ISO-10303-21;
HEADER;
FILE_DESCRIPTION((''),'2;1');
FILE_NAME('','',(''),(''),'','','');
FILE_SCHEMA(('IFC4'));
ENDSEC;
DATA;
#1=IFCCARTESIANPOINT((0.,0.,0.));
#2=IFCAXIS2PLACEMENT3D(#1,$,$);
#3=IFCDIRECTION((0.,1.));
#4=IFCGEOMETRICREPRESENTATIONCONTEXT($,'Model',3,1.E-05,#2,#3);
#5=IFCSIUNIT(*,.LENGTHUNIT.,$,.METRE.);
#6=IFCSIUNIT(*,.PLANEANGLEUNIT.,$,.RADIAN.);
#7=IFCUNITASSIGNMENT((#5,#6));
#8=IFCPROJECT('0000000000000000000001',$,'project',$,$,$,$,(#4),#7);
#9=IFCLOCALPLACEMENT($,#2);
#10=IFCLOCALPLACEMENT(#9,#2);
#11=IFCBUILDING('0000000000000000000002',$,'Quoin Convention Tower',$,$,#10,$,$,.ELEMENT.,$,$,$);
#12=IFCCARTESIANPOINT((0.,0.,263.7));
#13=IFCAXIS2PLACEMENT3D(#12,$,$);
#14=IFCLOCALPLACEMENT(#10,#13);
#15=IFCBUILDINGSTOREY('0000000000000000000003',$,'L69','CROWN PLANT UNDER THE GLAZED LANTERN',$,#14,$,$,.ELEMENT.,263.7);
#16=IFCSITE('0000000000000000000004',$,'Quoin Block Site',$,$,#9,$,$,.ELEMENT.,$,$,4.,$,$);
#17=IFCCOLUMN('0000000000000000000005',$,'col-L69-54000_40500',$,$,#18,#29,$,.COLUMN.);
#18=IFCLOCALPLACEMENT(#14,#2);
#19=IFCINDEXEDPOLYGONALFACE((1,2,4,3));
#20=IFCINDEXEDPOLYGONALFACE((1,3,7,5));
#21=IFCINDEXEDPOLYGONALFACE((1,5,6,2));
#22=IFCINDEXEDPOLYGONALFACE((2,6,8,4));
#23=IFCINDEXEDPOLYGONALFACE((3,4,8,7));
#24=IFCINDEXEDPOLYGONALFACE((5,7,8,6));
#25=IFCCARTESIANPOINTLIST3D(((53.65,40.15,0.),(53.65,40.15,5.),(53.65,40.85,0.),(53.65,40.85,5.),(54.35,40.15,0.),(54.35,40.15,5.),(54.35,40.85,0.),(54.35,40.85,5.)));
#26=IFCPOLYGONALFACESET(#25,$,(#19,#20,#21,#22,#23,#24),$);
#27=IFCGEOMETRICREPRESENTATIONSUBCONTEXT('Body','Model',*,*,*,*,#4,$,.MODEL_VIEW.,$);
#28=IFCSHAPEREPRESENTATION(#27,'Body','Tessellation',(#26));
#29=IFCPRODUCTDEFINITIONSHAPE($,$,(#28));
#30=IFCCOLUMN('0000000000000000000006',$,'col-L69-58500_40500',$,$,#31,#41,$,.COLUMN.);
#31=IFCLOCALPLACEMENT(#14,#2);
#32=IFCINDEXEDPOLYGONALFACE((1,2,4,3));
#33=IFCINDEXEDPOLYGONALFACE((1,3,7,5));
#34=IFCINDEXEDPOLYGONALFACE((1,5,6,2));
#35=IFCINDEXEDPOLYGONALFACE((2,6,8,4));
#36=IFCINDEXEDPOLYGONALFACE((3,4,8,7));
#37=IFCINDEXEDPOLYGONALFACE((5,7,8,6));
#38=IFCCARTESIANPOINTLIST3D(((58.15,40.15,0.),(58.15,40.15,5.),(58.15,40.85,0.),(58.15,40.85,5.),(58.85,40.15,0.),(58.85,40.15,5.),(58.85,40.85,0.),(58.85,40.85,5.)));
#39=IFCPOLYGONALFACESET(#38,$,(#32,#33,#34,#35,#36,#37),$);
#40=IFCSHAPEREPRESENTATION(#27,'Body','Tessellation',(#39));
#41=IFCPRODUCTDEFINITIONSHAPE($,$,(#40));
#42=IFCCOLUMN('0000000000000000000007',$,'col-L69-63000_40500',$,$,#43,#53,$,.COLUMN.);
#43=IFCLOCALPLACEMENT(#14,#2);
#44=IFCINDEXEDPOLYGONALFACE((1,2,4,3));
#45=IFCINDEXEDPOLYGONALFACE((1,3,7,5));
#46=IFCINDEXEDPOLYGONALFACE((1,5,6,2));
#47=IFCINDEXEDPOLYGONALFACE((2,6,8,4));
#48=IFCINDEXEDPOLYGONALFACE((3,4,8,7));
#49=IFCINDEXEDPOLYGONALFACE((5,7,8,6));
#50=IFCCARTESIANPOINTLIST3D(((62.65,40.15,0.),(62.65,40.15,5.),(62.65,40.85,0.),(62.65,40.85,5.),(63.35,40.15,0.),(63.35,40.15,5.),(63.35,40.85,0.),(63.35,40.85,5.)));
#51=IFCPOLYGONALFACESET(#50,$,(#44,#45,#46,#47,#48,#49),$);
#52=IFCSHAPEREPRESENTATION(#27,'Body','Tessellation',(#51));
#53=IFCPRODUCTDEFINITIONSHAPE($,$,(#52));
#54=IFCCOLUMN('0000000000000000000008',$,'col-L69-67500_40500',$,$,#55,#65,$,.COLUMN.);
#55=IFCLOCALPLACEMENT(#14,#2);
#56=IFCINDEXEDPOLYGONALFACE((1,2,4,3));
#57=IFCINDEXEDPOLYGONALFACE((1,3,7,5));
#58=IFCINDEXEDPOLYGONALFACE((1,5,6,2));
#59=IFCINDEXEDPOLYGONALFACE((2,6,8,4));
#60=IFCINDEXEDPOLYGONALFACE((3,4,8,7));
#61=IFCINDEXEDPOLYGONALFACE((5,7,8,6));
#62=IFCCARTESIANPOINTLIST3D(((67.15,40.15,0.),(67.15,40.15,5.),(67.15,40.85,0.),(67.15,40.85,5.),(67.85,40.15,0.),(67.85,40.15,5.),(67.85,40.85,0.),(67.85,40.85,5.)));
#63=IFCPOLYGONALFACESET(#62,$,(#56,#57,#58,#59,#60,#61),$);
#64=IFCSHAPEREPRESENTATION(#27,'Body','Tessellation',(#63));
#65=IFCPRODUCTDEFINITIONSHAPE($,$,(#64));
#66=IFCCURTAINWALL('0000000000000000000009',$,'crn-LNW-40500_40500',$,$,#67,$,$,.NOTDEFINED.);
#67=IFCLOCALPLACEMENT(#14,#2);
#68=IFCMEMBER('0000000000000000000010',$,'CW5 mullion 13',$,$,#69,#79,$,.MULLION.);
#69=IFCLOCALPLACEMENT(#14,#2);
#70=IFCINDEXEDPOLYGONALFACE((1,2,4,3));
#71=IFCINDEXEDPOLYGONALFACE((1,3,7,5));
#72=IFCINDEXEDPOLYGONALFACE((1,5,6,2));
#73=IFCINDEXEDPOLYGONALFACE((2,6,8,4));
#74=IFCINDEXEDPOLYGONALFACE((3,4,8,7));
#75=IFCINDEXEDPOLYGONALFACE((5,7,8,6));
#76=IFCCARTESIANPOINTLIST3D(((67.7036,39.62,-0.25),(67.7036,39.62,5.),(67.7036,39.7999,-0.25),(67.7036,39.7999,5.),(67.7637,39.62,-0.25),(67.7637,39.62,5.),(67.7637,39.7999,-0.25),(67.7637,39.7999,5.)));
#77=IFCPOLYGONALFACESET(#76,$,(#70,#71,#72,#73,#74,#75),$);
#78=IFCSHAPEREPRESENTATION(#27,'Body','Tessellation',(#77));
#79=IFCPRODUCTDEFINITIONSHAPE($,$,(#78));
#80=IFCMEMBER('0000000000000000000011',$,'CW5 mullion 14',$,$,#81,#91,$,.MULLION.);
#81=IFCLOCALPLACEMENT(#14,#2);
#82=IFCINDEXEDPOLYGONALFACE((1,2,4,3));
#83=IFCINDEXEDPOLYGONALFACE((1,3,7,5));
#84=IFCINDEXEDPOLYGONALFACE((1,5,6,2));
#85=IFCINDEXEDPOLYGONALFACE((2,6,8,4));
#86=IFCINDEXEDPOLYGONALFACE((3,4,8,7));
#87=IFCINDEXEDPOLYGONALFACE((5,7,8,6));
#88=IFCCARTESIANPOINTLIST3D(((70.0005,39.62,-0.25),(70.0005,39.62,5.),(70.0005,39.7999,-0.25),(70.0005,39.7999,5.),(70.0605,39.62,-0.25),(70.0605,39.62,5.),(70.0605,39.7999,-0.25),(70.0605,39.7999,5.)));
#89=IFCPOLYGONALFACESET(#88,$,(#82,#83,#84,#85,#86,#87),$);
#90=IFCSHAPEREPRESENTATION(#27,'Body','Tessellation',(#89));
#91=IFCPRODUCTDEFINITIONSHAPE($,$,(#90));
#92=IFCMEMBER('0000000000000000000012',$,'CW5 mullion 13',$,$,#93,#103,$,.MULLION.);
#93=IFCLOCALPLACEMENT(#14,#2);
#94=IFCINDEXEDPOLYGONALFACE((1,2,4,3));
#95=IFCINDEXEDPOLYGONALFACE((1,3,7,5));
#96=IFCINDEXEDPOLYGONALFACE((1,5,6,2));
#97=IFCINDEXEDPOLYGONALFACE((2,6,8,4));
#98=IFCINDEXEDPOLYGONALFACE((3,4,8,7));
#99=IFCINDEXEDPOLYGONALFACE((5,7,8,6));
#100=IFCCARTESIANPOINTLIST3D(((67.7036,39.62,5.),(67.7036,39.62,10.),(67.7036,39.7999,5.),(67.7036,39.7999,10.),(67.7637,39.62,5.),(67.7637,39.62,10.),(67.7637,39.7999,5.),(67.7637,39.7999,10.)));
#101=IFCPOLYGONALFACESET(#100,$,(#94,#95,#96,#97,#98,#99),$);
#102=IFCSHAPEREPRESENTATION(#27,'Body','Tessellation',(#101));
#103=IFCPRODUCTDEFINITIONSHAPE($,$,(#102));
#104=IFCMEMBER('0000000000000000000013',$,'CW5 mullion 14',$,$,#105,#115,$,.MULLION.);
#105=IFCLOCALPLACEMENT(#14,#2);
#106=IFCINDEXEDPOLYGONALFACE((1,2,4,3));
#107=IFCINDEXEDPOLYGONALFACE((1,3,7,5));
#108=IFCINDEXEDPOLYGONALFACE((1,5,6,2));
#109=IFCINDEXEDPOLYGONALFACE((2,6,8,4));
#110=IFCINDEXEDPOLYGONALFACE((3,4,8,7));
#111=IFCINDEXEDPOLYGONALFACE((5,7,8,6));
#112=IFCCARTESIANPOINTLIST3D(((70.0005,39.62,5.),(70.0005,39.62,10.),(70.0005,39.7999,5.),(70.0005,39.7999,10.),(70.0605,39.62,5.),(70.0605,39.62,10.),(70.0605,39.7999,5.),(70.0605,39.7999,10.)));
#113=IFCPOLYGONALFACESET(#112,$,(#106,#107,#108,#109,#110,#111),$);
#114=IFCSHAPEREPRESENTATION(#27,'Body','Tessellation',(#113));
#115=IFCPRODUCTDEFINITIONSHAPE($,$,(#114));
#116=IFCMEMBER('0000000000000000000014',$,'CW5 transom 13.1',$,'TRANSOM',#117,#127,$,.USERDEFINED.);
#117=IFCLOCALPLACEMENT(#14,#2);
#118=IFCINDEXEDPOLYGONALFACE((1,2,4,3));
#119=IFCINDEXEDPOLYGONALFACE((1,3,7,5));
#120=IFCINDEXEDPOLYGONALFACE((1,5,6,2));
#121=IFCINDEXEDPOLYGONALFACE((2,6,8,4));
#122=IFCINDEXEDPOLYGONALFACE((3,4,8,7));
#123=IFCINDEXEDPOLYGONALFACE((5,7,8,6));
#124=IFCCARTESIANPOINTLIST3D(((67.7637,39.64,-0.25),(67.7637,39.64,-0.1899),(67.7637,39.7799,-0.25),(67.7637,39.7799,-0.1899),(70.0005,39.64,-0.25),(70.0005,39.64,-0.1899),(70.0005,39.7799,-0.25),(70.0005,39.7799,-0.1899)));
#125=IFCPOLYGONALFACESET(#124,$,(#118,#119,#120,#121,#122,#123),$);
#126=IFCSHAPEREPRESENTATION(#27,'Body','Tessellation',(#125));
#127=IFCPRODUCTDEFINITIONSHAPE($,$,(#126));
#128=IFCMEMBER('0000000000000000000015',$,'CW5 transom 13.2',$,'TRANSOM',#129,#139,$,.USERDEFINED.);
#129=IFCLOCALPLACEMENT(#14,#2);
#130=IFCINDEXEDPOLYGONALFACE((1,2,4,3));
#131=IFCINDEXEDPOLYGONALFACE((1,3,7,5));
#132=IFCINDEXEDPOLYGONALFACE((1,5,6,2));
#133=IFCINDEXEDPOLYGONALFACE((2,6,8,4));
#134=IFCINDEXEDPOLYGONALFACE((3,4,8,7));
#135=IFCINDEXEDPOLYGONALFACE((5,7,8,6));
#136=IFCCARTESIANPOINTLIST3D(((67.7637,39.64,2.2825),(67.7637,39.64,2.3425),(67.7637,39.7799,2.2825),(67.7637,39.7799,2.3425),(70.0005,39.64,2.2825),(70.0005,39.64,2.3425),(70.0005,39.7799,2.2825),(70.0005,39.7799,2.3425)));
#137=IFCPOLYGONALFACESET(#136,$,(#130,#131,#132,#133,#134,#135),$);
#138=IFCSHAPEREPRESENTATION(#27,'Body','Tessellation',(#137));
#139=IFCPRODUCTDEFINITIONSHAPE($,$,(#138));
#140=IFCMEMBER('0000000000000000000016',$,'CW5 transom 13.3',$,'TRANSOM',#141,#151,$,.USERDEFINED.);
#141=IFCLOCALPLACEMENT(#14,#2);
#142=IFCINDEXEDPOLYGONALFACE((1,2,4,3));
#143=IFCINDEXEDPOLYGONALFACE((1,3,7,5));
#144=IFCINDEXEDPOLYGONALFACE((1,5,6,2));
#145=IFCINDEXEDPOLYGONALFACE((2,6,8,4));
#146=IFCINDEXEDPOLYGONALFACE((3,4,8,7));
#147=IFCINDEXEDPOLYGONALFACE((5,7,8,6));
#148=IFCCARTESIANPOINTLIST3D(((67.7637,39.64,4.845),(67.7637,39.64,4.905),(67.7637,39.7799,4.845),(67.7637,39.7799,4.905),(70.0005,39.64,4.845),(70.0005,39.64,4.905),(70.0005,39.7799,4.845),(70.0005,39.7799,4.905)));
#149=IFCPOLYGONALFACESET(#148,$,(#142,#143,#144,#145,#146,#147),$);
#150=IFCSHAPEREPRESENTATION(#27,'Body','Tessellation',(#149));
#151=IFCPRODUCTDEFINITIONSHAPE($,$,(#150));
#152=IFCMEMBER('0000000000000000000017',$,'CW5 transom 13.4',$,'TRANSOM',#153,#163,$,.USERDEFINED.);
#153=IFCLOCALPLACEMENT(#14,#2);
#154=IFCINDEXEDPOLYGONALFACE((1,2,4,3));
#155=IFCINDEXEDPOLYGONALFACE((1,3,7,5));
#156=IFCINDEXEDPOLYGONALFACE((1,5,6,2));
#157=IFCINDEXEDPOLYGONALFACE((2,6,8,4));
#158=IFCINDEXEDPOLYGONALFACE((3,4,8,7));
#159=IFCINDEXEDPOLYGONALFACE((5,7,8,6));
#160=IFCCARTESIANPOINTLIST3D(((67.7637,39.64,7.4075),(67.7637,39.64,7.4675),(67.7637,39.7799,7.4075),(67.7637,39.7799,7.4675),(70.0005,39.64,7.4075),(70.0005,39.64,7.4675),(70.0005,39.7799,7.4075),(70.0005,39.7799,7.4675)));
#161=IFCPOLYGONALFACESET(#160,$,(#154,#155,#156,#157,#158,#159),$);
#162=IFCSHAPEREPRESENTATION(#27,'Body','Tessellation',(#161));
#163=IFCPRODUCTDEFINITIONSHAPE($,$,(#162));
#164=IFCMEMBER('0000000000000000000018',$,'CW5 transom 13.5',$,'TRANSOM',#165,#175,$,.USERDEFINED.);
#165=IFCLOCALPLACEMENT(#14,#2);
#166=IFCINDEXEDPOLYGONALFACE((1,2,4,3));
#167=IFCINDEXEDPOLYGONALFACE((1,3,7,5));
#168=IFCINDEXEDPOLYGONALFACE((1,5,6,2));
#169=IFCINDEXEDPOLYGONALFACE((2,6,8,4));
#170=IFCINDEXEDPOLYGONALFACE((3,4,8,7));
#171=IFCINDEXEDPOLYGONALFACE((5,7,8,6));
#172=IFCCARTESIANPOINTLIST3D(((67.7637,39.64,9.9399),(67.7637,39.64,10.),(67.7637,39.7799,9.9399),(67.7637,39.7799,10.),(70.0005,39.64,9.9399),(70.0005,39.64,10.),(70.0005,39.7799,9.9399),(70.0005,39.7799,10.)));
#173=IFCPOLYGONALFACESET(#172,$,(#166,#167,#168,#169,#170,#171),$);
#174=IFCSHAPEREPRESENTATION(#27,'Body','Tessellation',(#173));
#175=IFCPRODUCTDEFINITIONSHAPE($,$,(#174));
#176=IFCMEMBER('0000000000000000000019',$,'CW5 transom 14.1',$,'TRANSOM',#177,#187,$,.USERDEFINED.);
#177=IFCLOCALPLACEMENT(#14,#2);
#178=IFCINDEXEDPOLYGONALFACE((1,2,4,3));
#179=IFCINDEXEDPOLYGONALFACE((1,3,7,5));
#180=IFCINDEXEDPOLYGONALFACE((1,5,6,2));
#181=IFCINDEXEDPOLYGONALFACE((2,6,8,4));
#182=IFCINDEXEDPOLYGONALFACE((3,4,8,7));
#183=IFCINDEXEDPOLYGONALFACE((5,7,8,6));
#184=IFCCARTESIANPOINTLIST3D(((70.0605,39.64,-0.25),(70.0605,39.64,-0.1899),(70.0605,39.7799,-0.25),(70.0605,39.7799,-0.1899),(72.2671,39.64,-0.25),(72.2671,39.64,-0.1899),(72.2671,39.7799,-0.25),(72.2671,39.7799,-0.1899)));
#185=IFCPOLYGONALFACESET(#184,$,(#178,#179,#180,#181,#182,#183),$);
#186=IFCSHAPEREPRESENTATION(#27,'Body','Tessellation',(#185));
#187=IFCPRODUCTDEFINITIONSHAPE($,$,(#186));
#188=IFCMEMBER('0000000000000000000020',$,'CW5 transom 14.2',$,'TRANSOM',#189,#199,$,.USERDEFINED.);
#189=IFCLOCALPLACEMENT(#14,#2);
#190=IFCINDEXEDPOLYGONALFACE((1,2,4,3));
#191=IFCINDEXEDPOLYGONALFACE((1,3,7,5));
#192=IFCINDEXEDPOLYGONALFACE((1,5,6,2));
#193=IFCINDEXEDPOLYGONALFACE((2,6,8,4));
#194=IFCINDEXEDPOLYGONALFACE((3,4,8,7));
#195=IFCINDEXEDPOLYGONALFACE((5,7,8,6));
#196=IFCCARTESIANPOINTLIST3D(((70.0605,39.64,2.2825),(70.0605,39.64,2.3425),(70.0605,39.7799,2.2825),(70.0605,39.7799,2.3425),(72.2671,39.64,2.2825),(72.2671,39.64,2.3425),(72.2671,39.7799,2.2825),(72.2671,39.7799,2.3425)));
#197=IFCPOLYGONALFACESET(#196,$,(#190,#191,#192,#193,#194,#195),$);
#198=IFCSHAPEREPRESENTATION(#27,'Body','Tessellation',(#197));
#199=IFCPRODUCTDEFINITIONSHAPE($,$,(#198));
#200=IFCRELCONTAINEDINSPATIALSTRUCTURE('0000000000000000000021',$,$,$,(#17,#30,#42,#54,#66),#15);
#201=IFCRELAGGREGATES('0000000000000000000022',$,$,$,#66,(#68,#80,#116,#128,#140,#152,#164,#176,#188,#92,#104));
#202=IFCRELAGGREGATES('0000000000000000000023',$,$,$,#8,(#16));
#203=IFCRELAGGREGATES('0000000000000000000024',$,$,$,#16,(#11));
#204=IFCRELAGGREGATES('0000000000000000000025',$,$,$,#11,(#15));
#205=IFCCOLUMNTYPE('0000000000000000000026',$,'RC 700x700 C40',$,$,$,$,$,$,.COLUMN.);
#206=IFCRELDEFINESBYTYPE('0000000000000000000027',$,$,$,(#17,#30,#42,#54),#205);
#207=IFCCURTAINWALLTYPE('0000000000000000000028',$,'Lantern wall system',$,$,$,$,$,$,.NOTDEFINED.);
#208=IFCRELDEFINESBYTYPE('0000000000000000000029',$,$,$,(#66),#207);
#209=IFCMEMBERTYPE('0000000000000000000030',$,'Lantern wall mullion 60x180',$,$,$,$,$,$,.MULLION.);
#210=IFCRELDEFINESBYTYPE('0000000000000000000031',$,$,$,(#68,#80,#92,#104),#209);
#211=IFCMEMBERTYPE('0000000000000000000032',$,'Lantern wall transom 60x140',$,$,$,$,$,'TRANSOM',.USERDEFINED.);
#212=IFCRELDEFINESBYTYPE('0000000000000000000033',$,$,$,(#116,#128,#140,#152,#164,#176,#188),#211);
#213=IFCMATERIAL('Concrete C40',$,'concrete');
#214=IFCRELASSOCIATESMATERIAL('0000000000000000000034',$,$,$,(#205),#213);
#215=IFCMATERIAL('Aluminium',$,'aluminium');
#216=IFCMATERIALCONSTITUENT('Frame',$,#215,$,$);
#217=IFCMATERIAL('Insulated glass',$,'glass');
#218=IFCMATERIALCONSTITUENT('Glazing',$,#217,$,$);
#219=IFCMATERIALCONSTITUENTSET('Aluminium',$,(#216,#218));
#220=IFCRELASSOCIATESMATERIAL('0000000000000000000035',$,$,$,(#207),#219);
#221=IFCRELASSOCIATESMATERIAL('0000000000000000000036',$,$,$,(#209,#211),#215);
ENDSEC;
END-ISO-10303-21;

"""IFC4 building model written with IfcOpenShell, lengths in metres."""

from ifc_helpers import new_model, si_unit, direction, frame, origin, origin_2d, place, context, subcontext, project, spatial, rectangle, extrude, material, constituent, constituent_set, material_profile, profile_set, type_object, element, aggregate, save


model = new_model("IFC4")

# Units and contexts
model_context = context("Model", 3, precision=1e-05, world=origin(), true_north=direction((0.0, 1.0)))
body_context = subcontext(model_context, "Body", "Model", "MODEL_VIEW")
ifc_project = project(units=[si_unit("LENGTHUNIT", "METRE"), si_unit("PLANEANGLEUNIT", "RADIAN")], contexts=[model_context])

# Site, building, storey
site_placement = place(None, origin())
site = spatial("IfcSite", under=ifc_project, at=site_placement, Name="Quoin Block Site", CompositionType="ELEMENT", RefElevation=4.0)
building_placement = place(site_placement, origin())
building = spatial("IfcBuilding", under=site, at=building_placement, Name="Quoin Convention Tower", CompositionType="ELEMENT")
storey_placement = place(building_placement, frame((0.0, 0.0, 263.7)))
storey = spatial("IfcBuildingStorey", under=building, at=storey_placement, Name="L69", Description="CROWN PLANT UNDER THE GLAZED LANTERN", CompositionType="ELEMENT", Elevation=263.7)

# Columns
ifc_material_1 = material(Name="Concrete C40", Category="concrete")
ifc_material_profile_1 = material_profile(ifc_material_1, rectangle(XDim=0.7, YDim=0.7, at=origin_2d()), Name="RC 700x700")
ifc_profile_set_1 = profile_set([ifc_material_profile_1], Name="Concrete C40")
column_type = type_object("IfcColumnType", Name="RC 700x700 C40", PredefinedType="COLUMN", material=ifc_profile_set_1)
for number, where, z_axis, x_axis, name in (
    (1, (54.0, 40.5, 0.0), (0.0, 0.0, 1.0), (1.0, 0.0, 0.0), "col-L69-54000_40500"),
    (2, (58.5, 40.5, 0.0), (0.0, 0.0, 1.0), (1.0, 0.0, 0.0), "col-L69-58500_40500"),
    (3, (63.0, 40.5, 0.0), (0.0, 0.0, 1.0), (1.0, 0.0, 0.0), "col-L69-63000_40500"),
    (4, (67.5, 40.5, 0.0), (0.0, 0.0, 1.0), (1.0, 0.0, 0.0), "col-L69-67500_40500"),
):
    element("IfcColumn", number, at=place(storey_placement, frame(where, z_axis=z_axis, x_axis=x_axis)), inside=storey, type_object=column_type, Name=name, PredefinedType="COLUMN", context=body_context, shape_type="SweptSolid", body=[
        extrude(rectangle(XDim=0.7, YDim=0.7, at=origin_2d()), origin(), (0.0, 0.0, 1.0), 5.0),
    ])

# Curtain wall, members
ifc_material_2 = material(Name="Aluminium", Category="aluminium")
ifc_constituent_1 = constituent(ifc_material_2, Name="Frame")
ifc_material_3 = material(Name="Insulated glass", Category="glass")
ifc_constituent_2 = constituent(ifc_material_3, Name="Glazing")
ifc_constituent_set = constituent_set(constituents=[ifc_constituent_1, ifc_constituent_2], Name="Aluminium")
curtain_wall_type = type_object("IfcCurtainWallType", Name="Lantern wall system", PredefinedType="NOTDEFINED", material=ifc_constituent_set)
curtain_wall_placement = place(storey_placement, origin())
curtain_wall = element("IfcCurtainWall", 5, at=curtain_wall_placement, inside=storey, type_object=curtain_wall_type, Name="crn-LNW-40500_40500", PredefinedType="NOTDEFINED")
ifc_material_profile_2 = material_profile(ifc_material_2, rectangle(XDim=0.1799, YDim=0.0601, at=origin_2d()), Name="Lantern wall mullion 60x180")
ifc_profile_set_2 = profile_set([ifc_material_profile_2], Name="Aluminium")
member_type_1 = type_object("IfcMemberType", Name="Lantern wall mullion 60x180", PredefinedType="MULLION", material=ifc_profile_set_2)
member_1_placement = place(storey_placement, frame((67.7336, 39.71, -0.25), z_axis=(0.0, 0.0, 1.0), x_axis=(0.0, 1.0, 0.0)))
member_1 = element("IfcMember", 6, at=member_1_placement, type_object=member_type_1, Name="CW5 mullion 13", PredefinedType="MULLION", context=body_context, shape_type="SweptSolid", body=[
    extrude(rectangle(XDim=0.1799, YDim=0.0601, at=origin_2d()), origin(), (0.0, 0.0, 1.0), 5.25),
])
member_2_placement = place(storey_placement, frame((70.0305, 39.71, -0.25), z_axis=(0.0, 0.0, 1.0), x_axis=(0.0, 1.0, 0.0)))
member_2 = element("IfcMember", 7, at=member_2_placement, type_object=member_type_1, Name="CW5 mullion 14", PredefinedType="MULLION", context=body_context, shape_type="SweptSolid", body=[
    extrude(rectangle(XDim=0.1799, YDim=0.0601, at=origin_2d()), origin(), (0.0, 0.0, 1.0), 5.25),
])
member_3_placement = place(storey_placement, frame((67.7336, 39.71, 5.0), z_axis=(0.0, 0.0, 1.0), x_axis=(0.0, 1.0, 0.0)))
member_3 = element("IfcMember", 8, at=member_3_placement, type_object=member_type_1, Name="CW5 mullion 13", PredefinedType="MULLION", context=body_context, shape_type="SweptSolid", body=[
    extrude(rectangle(XDim=0.1799, YDim=0.0601, at=origin_2d()), origin(), (0.0, 0.0, 1.0), 5.0),
])
member_4_placement = place(storey_placement, frame((70.0305, 39.71, 5.0), z_axis=(0.0, 0.0, 1.0), x_axis=(0.0, 1.0, 0.0)))
member_4 = element("IfcMember", 9, at=member_4_placement, type_object=member_type_1, Name="CW5 mullion 14", PredefinedType="MULLION", context=body_context, shape_type="SweptSolid", body=[
    extrude(rectangle(XDim=0.1799, YDim=0.0601, at=origin_2d()), origin(), (0.0, 0.0, 1.0), 5.0),
])
ifc_material_profile_3 = material_profile(ifc_material_2, rectangle(XDim=0.1399, YDim=0.0601, at=origin_2d()), Name="Lantern wall transom 60x140")
ifc_profile_set_3 = profile_set([ifc_material_profile_3], Name="Aluminium")
member_type_2 = type_object("IfcMemberType", Name="Lantern wall transom 60x140", ElementType="TRANSOM", PredefinedType="USERDEFINED", material=ifc_profile_set_3)
member_5_placement = place(storey_placement, frame((67.7637, 39.71, -0.22), z_axis=(1.0, 0.0, 0.0), x_axis=(0.0, 1.0, 0.0)))
member_5 = element("IfcMember", 10, at=member_5_placement, type_object=member_type_2, Name="CW5 transom 13.1", ObjectType="TRANSOM", PredefinedType="USERDEFINED", context=body_context, shape_type="SweptSolid", body=[
    extrude(rectangle(XDim=0.1399, YDim=0.0601, at=origin_2d()), origin(), (0.0, 0.0, 1.0), 2.2368),
])
member_6_placement = place(storey_placement, frame((67.7637, 39.71, 2.3125), z_axis=(1.0, 0.0, 0.0), x_axis=(0.0, 1.0, 0.0)))
member_6 = element("IfcMember", 11, at=member_6_placement, type_object=member_type_2, Name="CW5 transom 13.2", ObjectType="TRANSOM", PredefinedType="USERDEFINED", context=body_context, shape_type="SweptSolid", body=[
    extrude(rectangle(XDim=0.1399, YDim=0.0601, at=origin_2d()), origin(), (0.0, 0.0, 1.0), 2.2368),
])
member_7_placement = place(storey_placement, frame((67.7637, 39.71, 4.875), z_axis=(1.0, 0.0, 0.0), x_axis=(0.0, 1.0, 0.0)))
member_7 = element("IfcMember", 12, at=member_7_placement, type_object=member_type_2, Name="CW5 transom 13.3", ObjectType="TRANSOM", PredefinedType="USERDEFINED", context=body_context, shape_type="SweptSolid", body=[
    extrude(rectangle(XDim=0.1399, YDim=0.0601, at=origin_2d()), origin(), (0.0, 0.0, 1.0), 2.2368),
])
member_8_placement = place(storey_placement, frame((67.7637, 39.71, 7.4375), z_axis=(1.0, 0.0, 0.0), x_axis=(0.0, 1.0, 0.0)))
member_8 = element("IfcMember", 13, at=member_8_placement, type_object=member_type_2, Name="CW5 transom 13.4", ObjectType="TRANSOM", PredefinedType="USERDEFINED", context=body_context, shape_type="SweptSolid", body=[
    extrude(rectangle(XDim=0.1399, YDim=0.0601, at=origin_2d()), origin(), (0.0, 0.0, 1.0), 2.2368),
])
member_9_placement = place(storey_placement, frame((67.7637, 39.71, 9.97), z_axis=(1.0, 0.0, 0.0), x_axis=(0.0, 1.0, 0.0)))
member_9 = element("IfcMember", 14, at=member_9_placement, type_object=member_type_2, Name="CW5 transom 13.5", ObjectType="TRANSOM", PredefinedType="USERDEFINED", context=body_context, shape_type="SweptSolid", body=[
    extrude(rectangle(XDim=0.1399, YDim=0.0601, at=origin_2d()), origin(), (0.0, 0.0, 1.0), 2.2368),
])
member_10_placement = place(storey_placement, frame((70.0605, 39.71, -0.22), z_axis=(1.0, 0.0, 0.0), x_axis=(0.0, 1.0, 0.0)))
member_10 = element("IfcMember", 15, at=member_10_placement, type_object=member_type_2, Name="CW5 transom 14.1", ObjectType="TRANSOM", PredefinedType="USERDEFINED", context=body_context, shape_type="SweptSolid", body=[
    extrude(rectangle(XDim=0.1399, YDim=0.0601, at=origin_2d()), origin(), (0.0, 0.0, 1.0), 2.2065),
])
member_11_placement = place(storey_placement, frame((70.0605, 39.71, 2.3125), z_axis=(1.0, 0.0, 0.0), x_axis=(0.0, 1.0, 0.0)))
member_11 = element("IfcMember", 16, at=member_11_placement, type_object=member_type_2, Name="CW5 transom 14.2", ObjectType="TRANSOM", PredefinedType="USERDEFINED", context=body_context, shape_type="SweptSolid", body=[
    extrude(rectangle(XDim=0.1399, YDim=0.0601, at=origin_2d()), origin(), (0.0, 0.0, 1.0), 2.2065),
])

aggregate(curtain_wall, [member_1, member_2, member_5, member_6, member_7, member_8, member_9, member_10, member_11, member_3, member_4])

save(model, "model.ifc")
